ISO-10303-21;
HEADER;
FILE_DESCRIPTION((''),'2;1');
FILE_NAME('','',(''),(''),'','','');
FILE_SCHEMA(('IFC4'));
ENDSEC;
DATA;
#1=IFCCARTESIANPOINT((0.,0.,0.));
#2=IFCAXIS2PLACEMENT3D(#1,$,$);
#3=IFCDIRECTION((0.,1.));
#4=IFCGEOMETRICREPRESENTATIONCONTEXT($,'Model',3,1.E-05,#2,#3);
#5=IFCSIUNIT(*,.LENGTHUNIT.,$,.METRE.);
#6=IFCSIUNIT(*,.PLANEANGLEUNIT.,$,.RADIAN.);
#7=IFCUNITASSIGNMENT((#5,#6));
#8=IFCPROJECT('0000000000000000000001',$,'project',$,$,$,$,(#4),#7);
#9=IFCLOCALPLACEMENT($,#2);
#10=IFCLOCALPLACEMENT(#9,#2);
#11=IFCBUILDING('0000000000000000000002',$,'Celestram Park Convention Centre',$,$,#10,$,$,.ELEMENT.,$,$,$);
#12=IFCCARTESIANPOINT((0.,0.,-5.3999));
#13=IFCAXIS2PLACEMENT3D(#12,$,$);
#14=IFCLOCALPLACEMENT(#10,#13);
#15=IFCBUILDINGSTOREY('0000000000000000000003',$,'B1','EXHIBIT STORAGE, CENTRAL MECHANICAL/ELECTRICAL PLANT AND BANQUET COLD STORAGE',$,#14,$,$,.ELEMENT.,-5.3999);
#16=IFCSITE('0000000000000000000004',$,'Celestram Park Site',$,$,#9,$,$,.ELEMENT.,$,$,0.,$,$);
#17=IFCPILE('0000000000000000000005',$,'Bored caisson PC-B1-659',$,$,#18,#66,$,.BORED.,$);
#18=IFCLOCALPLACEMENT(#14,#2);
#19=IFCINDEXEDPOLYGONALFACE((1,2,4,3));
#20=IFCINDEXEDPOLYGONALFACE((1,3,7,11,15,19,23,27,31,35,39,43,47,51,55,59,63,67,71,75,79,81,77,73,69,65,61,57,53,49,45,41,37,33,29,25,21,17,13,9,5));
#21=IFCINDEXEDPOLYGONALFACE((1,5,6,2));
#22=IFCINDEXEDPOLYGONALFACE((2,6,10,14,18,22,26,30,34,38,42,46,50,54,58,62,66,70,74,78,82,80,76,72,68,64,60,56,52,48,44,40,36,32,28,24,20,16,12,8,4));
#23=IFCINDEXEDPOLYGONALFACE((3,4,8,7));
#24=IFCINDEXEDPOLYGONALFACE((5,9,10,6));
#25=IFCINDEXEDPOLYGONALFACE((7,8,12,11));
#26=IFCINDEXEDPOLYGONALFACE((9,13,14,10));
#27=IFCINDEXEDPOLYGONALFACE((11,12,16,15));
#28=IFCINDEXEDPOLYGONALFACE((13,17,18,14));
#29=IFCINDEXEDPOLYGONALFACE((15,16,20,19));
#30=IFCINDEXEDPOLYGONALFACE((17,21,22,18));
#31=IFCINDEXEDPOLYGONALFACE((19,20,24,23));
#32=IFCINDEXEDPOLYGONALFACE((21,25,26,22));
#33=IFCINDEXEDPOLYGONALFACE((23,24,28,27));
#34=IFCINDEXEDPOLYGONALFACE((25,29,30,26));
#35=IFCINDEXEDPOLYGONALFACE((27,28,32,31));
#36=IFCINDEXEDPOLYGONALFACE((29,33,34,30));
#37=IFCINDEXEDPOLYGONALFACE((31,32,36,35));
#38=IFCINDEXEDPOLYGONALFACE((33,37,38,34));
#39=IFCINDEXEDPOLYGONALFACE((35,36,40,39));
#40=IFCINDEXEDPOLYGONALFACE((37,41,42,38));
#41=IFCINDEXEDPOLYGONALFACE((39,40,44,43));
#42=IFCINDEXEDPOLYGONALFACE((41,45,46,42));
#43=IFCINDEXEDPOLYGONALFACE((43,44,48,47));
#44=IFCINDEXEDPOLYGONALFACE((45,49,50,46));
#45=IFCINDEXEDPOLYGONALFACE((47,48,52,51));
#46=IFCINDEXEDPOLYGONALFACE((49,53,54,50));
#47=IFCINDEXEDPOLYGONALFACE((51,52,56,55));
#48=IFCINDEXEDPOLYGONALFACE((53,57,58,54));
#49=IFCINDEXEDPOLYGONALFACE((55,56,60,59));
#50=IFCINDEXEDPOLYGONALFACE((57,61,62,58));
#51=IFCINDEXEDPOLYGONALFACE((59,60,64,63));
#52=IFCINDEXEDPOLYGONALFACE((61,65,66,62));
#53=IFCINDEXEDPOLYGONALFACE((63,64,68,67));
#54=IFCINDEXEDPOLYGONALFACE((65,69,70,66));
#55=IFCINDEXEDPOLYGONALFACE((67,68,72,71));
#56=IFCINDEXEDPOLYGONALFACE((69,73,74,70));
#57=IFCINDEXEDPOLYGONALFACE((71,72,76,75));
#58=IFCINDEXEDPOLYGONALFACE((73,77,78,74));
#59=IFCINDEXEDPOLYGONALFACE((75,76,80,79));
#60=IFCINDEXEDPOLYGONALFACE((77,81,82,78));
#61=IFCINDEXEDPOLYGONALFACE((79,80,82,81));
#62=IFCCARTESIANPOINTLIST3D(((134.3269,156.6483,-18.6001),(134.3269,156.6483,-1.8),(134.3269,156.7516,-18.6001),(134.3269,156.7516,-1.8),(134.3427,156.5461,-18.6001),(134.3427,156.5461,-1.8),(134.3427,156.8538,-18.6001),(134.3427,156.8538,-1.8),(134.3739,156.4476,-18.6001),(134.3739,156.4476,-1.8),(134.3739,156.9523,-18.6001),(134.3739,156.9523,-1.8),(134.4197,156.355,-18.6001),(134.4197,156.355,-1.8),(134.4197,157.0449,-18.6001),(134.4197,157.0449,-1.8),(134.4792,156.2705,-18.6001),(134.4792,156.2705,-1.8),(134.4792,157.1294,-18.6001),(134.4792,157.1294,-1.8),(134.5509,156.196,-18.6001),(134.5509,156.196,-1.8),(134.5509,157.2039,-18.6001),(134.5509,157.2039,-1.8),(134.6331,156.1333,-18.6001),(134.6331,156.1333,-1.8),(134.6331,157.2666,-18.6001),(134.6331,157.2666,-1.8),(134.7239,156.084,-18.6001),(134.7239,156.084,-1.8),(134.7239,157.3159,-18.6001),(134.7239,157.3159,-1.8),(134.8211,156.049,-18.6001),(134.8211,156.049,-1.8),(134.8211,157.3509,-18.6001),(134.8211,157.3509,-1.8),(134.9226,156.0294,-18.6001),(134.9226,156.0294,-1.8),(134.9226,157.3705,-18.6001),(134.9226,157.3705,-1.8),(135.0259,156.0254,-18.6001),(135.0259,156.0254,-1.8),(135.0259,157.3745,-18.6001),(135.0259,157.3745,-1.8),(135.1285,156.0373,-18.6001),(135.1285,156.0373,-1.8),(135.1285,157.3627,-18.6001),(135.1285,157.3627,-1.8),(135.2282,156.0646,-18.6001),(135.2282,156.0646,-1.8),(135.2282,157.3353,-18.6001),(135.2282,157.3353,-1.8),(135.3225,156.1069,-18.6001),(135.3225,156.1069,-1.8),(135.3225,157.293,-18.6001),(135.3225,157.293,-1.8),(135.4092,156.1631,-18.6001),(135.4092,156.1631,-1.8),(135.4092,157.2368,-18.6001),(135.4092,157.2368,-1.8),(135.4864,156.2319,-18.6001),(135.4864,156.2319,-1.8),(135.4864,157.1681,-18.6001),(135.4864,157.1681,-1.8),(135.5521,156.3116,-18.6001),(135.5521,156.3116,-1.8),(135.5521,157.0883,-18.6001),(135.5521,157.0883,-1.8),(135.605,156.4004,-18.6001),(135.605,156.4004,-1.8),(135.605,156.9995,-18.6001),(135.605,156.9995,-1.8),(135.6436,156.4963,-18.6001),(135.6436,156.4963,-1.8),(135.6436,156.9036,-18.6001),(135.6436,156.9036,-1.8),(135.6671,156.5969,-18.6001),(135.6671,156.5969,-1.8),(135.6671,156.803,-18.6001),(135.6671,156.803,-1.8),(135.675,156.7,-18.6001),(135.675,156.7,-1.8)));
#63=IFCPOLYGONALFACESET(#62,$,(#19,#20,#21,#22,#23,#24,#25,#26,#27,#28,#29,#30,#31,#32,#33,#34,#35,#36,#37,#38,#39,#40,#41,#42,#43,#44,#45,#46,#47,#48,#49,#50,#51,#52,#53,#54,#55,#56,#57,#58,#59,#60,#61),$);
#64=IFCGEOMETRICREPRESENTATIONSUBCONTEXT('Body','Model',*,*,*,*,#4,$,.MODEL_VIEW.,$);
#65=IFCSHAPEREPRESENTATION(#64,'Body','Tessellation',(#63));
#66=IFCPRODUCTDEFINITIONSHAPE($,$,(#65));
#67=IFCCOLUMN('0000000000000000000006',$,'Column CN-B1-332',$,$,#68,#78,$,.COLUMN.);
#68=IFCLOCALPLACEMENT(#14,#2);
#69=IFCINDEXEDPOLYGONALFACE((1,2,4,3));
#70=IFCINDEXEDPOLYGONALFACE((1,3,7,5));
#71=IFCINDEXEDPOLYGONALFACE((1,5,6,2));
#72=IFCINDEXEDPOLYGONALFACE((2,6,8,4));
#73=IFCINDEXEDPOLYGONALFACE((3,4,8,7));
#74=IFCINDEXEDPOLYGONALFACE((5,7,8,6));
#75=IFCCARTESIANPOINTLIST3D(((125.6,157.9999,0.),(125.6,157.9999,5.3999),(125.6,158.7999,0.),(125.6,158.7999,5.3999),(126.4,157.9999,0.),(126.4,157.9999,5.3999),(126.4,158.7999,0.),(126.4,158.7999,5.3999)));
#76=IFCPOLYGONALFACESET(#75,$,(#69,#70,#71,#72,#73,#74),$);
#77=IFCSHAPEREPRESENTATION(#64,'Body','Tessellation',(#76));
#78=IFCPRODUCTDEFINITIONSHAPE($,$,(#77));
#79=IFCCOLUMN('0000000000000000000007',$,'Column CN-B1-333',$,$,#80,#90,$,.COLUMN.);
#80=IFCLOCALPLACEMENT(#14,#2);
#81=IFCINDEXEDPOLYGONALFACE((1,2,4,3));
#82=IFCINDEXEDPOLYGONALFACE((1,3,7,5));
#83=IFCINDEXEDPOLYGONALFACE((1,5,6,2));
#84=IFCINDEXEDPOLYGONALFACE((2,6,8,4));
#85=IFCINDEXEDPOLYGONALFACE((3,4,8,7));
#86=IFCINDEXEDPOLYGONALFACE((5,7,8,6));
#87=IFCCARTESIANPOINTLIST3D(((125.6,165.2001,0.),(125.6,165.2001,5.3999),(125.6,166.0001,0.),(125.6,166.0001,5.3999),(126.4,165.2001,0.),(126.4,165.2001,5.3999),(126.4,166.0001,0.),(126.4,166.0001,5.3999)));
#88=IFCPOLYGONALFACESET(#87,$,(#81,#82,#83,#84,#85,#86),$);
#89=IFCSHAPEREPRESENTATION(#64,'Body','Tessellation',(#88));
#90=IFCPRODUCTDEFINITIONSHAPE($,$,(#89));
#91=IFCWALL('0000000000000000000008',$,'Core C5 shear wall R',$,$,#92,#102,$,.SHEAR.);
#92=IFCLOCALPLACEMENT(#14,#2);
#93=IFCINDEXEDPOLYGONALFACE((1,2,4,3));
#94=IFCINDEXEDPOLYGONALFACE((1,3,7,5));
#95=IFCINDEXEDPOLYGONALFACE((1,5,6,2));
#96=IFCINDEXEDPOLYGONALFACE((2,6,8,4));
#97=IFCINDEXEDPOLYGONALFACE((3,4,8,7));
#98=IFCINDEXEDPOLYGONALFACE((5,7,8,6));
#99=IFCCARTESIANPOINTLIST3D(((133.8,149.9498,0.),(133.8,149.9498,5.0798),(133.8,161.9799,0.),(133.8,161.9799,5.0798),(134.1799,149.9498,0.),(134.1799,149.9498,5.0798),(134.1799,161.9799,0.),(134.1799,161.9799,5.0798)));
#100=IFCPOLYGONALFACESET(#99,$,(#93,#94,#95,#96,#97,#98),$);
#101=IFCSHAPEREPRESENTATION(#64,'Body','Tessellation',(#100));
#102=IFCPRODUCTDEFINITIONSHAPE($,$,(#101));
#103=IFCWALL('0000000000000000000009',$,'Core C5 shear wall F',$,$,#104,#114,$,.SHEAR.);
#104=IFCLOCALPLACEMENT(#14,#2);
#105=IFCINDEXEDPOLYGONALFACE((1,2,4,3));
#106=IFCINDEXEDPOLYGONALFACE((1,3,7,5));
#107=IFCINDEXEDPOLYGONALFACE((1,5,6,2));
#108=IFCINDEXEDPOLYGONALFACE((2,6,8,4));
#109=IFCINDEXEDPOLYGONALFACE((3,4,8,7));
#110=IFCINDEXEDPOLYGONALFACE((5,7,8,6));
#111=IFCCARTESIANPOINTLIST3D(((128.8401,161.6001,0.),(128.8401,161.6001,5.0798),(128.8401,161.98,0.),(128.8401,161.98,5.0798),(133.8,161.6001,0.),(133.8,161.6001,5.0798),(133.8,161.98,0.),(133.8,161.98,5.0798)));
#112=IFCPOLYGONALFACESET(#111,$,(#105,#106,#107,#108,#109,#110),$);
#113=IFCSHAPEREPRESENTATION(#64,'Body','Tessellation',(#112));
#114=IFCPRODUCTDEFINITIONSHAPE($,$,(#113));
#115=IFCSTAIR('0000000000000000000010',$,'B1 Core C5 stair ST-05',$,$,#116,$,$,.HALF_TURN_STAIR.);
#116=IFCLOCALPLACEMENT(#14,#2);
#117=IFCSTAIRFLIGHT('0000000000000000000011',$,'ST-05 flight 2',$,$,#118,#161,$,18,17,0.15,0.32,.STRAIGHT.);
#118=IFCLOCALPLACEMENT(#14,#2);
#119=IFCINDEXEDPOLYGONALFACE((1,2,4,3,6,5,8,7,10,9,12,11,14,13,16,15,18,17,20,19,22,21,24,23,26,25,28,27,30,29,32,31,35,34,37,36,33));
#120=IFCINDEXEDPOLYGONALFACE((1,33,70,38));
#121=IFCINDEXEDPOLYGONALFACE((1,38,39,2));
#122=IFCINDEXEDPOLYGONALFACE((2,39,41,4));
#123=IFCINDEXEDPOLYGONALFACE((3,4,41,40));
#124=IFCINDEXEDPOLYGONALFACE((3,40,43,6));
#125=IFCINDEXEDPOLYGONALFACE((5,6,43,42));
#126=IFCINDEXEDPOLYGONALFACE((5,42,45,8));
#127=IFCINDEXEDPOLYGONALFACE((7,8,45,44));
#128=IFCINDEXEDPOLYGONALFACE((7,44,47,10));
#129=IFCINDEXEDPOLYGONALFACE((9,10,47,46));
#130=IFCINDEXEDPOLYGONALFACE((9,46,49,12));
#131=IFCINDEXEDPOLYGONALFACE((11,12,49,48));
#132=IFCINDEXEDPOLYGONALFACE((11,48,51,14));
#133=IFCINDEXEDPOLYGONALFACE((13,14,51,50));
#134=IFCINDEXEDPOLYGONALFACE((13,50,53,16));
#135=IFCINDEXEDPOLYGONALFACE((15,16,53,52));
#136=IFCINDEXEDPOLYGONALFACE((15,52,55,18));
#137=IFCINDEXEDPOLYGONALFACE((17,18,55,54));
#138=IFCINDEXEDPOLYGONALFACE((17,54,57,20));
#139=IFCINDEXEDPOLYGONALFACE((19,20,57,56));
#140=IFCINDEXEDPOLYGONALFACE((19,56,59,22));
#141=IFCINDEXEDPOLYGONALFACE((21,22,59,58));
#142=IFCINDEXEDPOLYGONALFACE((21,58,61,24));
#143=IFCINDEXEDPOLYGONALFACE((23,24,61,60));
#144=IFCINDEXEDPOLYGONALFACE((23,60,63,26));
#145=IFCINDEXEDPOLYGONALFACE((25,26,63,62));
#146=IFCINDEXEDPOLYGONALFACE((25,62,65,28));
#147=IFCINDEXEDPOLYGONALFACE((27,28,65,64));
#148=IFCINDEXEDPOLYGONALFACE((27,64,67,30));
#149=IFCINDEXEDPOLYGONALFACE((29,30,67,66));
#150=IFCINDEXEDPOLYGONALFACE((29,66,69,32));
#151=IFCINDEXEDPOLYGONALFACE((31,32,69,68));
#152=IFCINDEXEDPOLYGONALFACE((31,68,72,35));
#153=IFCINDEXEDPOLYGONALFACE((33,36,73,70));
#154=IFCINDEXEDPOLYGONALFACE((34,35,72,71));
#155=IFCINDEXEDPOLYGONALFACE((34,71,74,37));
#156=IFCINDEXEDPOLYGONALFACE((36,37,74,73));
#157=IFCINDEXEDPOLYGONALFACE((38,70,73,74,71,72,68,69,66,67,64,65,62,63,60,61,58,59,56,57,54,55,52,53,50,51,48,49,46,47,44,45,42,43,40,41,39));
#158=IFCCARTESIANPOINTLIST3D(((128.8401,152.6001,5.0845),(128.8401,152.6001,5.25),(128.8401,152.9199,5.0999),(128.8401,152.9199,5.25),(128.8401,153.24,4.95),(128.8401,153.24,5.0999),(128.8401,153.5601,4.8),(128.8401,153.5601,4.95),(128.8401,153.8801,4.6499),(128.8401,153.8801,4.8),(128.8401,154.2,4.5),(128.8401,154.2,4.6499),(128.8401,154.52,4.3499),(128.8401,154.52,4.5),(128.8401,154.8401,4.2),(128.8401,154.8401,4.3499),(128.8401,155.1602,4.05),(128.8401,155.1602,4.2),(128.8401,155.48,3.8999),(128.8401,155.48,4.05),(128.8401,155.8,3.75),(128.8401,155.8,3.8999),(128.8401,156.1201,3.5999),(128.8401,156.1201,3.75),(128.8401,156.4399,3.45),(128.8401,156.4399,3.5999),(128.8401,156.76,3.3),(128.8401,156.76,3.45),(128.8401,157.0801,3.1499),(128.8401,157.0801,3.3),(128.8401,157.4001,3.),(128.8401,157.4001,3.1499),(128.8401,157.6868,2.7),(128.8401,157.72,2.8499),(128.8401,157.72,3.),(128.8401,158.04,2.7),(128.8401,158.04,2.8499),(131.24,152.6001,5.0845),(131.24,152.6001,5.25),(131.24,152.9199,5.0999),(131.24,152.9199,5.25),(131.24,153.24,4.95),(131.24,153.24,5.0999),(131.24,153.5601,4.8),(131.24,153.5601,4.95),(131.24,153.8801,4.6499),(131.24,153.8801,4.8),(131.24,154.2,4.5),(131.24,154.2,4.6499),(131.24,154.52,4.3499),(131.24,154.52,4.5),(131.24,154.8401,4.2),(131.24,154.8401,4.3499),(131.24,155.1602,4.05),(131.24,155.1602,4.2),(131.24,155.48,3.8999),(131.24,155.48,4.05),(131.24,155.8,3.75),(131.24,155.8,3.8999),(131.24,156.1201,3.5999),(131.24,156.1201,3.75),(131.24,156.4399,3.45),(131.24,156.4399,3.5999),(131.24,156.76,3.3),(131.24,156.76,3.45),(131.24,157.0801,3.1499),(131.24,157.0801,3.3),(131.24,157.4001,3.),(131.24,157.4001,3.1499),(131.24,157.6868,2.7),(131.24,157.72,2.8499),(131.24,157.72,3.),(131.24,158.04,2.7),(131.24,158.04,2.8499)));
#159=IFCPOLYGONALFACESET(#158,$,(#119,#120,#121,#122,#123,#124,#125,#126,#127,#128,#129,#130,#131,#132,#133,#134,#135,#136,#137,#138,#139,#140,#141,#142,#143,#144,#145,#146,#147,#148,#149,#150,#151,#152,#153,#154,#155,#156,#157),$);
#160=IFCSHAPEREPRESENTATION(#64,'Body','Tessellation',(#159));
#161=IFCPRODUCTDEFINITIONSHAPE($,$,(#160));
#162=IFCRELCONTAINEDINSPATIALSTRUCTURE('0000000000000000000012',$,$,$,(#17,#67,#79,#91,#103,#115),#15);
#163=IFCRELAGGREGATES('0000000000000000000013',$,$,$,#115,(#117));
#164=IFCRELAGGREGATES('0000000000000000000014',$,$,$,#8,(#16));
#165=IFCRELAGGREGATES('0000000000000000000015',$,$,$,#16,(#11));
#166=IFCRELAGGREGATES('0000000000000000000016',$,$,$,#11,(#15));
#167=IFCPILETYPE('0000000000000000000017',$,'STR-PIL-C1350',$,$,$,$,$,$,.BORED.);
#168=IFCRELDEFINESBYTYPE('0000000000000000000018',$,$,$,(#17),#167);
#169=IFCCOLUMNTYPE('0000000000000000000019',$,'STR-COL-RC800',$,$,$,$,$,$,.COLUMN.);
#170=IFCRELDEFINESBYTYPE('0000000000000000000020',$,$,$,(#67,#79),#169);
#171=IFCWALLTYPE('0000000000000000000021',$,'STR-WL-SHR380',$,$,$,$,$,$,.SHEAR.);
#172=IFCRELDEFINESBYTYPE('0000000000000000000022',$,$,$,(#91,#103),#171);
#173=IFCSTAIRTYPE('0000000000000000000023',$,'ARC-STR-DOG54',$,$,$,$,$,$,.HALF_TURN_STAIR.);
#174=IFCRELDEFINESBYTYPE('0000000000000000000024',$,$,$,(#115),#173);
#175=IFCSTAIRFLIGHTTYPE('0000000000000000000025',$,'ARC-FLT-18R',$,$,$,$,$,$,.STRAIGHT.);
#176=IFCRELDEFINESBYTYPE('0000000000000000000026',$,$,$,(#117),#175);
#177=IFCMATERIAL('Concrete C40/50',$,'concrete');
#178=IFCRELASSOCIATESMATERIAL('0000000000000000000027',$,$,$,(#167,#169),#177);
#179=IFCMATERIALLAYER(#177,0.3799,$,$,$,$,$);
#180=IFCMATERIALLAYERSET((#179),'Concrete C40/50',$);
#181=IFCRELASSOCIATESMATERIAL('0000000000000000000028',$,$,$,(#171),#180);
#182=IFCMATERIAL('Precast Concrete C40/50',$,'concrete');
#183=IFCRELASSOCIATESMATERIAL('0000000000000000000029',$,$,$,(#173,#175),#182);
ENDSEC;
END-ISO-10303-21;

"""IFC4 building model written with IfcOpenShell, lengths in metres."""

from ifc_helpers import new_model, si_unit, direction, frame, frame_2d, origin, origin_2d, place, context, subcontext, project, spatial, polyline, rectangle, circle, outline, extrude, material, layer, layer_set, material_profile, profile_set, type_object, element, aggregate, save


model = new_model("IFC4")

# Units and contexts
model_context = context("Model", 3, precision=1e-05, world=origin(), true_north=direction((0.0, 1.0)))
body_context = subcontext(model_context, "Body", "Model", "MODEL_VIEW")
ifc_project = project(units=[si_unit("LENGTHUNIT", "METRE"), si_unit("PLANEANGLEUNIT", "RADIAN")], contexts=[model_context])

# Site, building, storey
site_placement = place(None, origin())
site = spatial("IfcSite", under=ifc_project, at=site_placement, Name="Celestram Park Site", CompositionType="ELEMENT", RefElevation=0.0)
building_placement = place(site_placement, origin())
building = spatial("IfcBuilding", under=site, at=building_placement, Name="Celestram Park Convention Centre", CompositionType="ELEMENT")
storey_placement = place(building_placement, frame((0.0, 0.0, -5.3999)))
storey = spatial("IfcBuildingStorey", under=building, at=storey_placement, Name="B1", Description="EXHIBIT STORAGE, CENTRAL MECHANICAL/ELECTRICAL PLANT AND BANQUET COLD STORAGE", CompositionType="ELEMENT", Elevation=-5.3999)

# Shared definitions
ifc_material_1 = material(Name="Concrete C40/50", Category="concrete")

# Pile
ifc_material_profile_1 = material_profile(ifc_material_1, circle(Radius=0.675, at=origin_2d()), Name="CAISSON1350")
ifc_profile_set_1 = profile_set([ifc_material_profile_1], Name="Concrete C40/50")
pile_type_1 = type_object("IfcPileType", Name="STR-PIL-C1350", PredefinedType="BORED", material=ifc_profile_set_1)
for number, where, z_axis, x_axis, name in (
    (1, (135.0, 156.7, -1.8), (0.0, 0.0, -1.0), (1.0, 0.0, 0.0), "Bored caisson PC-B1-659"),
):
    element("IfcPile", number, at=place(storey_placement, frame(where, z_axis=z_axis, x_axis=x_axis)), inside=storey, type_object=pile_type_1, Name=name, PredefinedType="BORED", context=body_context, shape_type="SweptSolid", body=[
        extrude(circle(Radius=0.675, at=origin_2d()), origin(), (0.0, 0.0, 1.0), 16.8),
    ])

# Columns
ifc_material_profile_2 = material_profile(ifc_material_1, rectangle(XDim=0.8, YDim=0.8, at=origin_2d()), Name="RC800X800")
ifc_profile_set_2 = profile_set([ifc_material_profile_2], Name="Concrete C40/50")
column_type = type_object("IfcColumnType", Name="STR-COL-RC800", PredefinedType="COLUMN", material=ifc_profile_set_2)
for number, where, z_axis, x_axis, name in (
    (2, (126.0, 158.3999, 0.0), (0.0, 0.0, 1.0), (1.0, 0.0, 0.0), "Column CN-B1-332"),
    (3, (126.0, 165.6001, 0.0), (0.0, 0.0, 1.0), (1.0, 0.0, 0.0), "Column CN-B1-333"),
):
    element("IfcColumn", number, at=place(storey_placement, frame(where, z_axis=z_axis, x_axis=x_axis)), inside=storey, type_object=column_type, Name=name, PredefinedType="COLUMN", context=body_context, shape_type="SweptSolid", body=[
        extrude(rectangle(XDim=0.8, YDim=0.8, at=origin_2d()), origin(), (0.0, 0.0, 1.0), 5.3999),
    ])

# Walls
ifc_layer_1 = layer(ifc_material_1, 0.3799)
ifc_layer_set_1 = layer_set([ifc_layer_1], Name="Concrete C40/50")
wall_type = type_object("IfcWallType", Name="STR-WL-SHR380", PredefinedType="SHEAR", material=ifc_layer_set_1)
wall_1_placement = place(storey_placement, frame((133.99, 161.98, 0.0), z_axis=(0.0, 0.0, 1.0), x_axis=(0.0, -1.0, 0.0)))
element("IfcWall", 4, at=wall_1_placement, inside=storey, type_object=wall_type, Name="Core C5 shear wall R", PredefinedType="SHEAR", context=body_context, shape_type="SweptSolid", body=[
    extrude(rectangle(XDim=12.03, YDim=0.3799, at=frame_2d((6.0151, 0.0))), origin(), (0.0, 0.0, 1.0), 5.0798),
])
wall_2_placement = place(storey_placement, frame((128.8401, 161.79, 0.0), z_axis=(0.0, 0.0, 1.0), x_axis=(1.0, 0.0, 0.0)))
element("IfcWall", 5, at=wall_2_placement, inside=storey, type_object=wall_type, Name="Core C5 shear wall F", PredefinedType="SHEAR", context=body_context, shape_type="SweptSolid", body=[
    extrude(rectangle(XDim=4.96, YDim=0.3799, at=frame_2d((2.48, 0.0))), origin(), (0.0, 0.0, 1.0), 5.0798),
])

# Stair, stair flight
ifc_material_2 = material(Name="Precast Concrete C40/50", Category="concrete")
stair_type = type_object("IfcStairType", Name="ARC-STR-DOG54", PredefinedType="HALF_TURN_STAIR", material=ifc_material_2)
stair_placement = place(storey_placement, origin())
stair = element("IfcStair", 6, at=stair_placement, inside=storey, type_object=stair_type, Name="B1 Core C5 stair ST-05", PredefinedType="HALF_TURN_STAIR")
stair_flight_type = type_object("IfcStairFlightType", Name="ARC-FLT-18R", PredefinedType="STRAIGHT", material=ifc_material_2)
stair_flight_placement = place(storey_placement, frame((130.04, 158.04, 2.7), z_axis=(0.0, 0.0, 1.0), x_axis=(0.0, -1.0, 0.0)))
stair_flight = element("IfcStairFlight", 7, at=stair_flight_placement, type_object=stair_flight_type, Name="ST-05 flight 2", NumberOfRisers=18, NumberOfTreads=17, PredefinedType="STRAIGHT", RiserHeight=0.15, TreadLength=0.32, context=body_context, shape_type="SweptSolid", body=[
    extrude(outline(polyline([(0.0, 0.0), (0.0, 0.1499), (0.3201, 0.1499), (0.3201, 0.3), (0.6399, 0.3), (0.6399, 0.45), (0.96, 0.45), (0.96, 0.6001), (1.28, 0.6001), (1.28, 0.75), (1.6001, 0.75), (1.6001, 0.8999), (1.9199, 0.8999), (1.9199, 1.05), (2.24, 1.05), (2.24, 1.2), (2.5601, 1.2), (2.5601, 1.3501), (2.8799, 1.3501), (2.8799, 1.5), (3.2, 1.5), (3.2, 1.6499), (3.52, 1.6499), (3.52, 1.8), (3.8401, 1.8), (3.8401, 1.95), (4.1599, 1.95), (4.1599, 2.1001), (4.48, 2.1001), (4.48, 2.25), (4.8, 2.25), (4.8, 2.3999), (5.1201, 2.3999), (5.1201, 2.55), (5.4399, 2.55), (5.4399, 2.7), (5.4399, 2.3845), (0.3533, 0.0), (0.0, 0.0)])), frame((0.0, 1.2, 0.0), z_axis=(0.0, -1.0, 0.0), x_axis=(1.0, 0.0, 0.0)), (0.0, 0.0, 1.0), 2.3999),
])
aggregate(stair, [stair_flight])

save(model, "model.ifc")
